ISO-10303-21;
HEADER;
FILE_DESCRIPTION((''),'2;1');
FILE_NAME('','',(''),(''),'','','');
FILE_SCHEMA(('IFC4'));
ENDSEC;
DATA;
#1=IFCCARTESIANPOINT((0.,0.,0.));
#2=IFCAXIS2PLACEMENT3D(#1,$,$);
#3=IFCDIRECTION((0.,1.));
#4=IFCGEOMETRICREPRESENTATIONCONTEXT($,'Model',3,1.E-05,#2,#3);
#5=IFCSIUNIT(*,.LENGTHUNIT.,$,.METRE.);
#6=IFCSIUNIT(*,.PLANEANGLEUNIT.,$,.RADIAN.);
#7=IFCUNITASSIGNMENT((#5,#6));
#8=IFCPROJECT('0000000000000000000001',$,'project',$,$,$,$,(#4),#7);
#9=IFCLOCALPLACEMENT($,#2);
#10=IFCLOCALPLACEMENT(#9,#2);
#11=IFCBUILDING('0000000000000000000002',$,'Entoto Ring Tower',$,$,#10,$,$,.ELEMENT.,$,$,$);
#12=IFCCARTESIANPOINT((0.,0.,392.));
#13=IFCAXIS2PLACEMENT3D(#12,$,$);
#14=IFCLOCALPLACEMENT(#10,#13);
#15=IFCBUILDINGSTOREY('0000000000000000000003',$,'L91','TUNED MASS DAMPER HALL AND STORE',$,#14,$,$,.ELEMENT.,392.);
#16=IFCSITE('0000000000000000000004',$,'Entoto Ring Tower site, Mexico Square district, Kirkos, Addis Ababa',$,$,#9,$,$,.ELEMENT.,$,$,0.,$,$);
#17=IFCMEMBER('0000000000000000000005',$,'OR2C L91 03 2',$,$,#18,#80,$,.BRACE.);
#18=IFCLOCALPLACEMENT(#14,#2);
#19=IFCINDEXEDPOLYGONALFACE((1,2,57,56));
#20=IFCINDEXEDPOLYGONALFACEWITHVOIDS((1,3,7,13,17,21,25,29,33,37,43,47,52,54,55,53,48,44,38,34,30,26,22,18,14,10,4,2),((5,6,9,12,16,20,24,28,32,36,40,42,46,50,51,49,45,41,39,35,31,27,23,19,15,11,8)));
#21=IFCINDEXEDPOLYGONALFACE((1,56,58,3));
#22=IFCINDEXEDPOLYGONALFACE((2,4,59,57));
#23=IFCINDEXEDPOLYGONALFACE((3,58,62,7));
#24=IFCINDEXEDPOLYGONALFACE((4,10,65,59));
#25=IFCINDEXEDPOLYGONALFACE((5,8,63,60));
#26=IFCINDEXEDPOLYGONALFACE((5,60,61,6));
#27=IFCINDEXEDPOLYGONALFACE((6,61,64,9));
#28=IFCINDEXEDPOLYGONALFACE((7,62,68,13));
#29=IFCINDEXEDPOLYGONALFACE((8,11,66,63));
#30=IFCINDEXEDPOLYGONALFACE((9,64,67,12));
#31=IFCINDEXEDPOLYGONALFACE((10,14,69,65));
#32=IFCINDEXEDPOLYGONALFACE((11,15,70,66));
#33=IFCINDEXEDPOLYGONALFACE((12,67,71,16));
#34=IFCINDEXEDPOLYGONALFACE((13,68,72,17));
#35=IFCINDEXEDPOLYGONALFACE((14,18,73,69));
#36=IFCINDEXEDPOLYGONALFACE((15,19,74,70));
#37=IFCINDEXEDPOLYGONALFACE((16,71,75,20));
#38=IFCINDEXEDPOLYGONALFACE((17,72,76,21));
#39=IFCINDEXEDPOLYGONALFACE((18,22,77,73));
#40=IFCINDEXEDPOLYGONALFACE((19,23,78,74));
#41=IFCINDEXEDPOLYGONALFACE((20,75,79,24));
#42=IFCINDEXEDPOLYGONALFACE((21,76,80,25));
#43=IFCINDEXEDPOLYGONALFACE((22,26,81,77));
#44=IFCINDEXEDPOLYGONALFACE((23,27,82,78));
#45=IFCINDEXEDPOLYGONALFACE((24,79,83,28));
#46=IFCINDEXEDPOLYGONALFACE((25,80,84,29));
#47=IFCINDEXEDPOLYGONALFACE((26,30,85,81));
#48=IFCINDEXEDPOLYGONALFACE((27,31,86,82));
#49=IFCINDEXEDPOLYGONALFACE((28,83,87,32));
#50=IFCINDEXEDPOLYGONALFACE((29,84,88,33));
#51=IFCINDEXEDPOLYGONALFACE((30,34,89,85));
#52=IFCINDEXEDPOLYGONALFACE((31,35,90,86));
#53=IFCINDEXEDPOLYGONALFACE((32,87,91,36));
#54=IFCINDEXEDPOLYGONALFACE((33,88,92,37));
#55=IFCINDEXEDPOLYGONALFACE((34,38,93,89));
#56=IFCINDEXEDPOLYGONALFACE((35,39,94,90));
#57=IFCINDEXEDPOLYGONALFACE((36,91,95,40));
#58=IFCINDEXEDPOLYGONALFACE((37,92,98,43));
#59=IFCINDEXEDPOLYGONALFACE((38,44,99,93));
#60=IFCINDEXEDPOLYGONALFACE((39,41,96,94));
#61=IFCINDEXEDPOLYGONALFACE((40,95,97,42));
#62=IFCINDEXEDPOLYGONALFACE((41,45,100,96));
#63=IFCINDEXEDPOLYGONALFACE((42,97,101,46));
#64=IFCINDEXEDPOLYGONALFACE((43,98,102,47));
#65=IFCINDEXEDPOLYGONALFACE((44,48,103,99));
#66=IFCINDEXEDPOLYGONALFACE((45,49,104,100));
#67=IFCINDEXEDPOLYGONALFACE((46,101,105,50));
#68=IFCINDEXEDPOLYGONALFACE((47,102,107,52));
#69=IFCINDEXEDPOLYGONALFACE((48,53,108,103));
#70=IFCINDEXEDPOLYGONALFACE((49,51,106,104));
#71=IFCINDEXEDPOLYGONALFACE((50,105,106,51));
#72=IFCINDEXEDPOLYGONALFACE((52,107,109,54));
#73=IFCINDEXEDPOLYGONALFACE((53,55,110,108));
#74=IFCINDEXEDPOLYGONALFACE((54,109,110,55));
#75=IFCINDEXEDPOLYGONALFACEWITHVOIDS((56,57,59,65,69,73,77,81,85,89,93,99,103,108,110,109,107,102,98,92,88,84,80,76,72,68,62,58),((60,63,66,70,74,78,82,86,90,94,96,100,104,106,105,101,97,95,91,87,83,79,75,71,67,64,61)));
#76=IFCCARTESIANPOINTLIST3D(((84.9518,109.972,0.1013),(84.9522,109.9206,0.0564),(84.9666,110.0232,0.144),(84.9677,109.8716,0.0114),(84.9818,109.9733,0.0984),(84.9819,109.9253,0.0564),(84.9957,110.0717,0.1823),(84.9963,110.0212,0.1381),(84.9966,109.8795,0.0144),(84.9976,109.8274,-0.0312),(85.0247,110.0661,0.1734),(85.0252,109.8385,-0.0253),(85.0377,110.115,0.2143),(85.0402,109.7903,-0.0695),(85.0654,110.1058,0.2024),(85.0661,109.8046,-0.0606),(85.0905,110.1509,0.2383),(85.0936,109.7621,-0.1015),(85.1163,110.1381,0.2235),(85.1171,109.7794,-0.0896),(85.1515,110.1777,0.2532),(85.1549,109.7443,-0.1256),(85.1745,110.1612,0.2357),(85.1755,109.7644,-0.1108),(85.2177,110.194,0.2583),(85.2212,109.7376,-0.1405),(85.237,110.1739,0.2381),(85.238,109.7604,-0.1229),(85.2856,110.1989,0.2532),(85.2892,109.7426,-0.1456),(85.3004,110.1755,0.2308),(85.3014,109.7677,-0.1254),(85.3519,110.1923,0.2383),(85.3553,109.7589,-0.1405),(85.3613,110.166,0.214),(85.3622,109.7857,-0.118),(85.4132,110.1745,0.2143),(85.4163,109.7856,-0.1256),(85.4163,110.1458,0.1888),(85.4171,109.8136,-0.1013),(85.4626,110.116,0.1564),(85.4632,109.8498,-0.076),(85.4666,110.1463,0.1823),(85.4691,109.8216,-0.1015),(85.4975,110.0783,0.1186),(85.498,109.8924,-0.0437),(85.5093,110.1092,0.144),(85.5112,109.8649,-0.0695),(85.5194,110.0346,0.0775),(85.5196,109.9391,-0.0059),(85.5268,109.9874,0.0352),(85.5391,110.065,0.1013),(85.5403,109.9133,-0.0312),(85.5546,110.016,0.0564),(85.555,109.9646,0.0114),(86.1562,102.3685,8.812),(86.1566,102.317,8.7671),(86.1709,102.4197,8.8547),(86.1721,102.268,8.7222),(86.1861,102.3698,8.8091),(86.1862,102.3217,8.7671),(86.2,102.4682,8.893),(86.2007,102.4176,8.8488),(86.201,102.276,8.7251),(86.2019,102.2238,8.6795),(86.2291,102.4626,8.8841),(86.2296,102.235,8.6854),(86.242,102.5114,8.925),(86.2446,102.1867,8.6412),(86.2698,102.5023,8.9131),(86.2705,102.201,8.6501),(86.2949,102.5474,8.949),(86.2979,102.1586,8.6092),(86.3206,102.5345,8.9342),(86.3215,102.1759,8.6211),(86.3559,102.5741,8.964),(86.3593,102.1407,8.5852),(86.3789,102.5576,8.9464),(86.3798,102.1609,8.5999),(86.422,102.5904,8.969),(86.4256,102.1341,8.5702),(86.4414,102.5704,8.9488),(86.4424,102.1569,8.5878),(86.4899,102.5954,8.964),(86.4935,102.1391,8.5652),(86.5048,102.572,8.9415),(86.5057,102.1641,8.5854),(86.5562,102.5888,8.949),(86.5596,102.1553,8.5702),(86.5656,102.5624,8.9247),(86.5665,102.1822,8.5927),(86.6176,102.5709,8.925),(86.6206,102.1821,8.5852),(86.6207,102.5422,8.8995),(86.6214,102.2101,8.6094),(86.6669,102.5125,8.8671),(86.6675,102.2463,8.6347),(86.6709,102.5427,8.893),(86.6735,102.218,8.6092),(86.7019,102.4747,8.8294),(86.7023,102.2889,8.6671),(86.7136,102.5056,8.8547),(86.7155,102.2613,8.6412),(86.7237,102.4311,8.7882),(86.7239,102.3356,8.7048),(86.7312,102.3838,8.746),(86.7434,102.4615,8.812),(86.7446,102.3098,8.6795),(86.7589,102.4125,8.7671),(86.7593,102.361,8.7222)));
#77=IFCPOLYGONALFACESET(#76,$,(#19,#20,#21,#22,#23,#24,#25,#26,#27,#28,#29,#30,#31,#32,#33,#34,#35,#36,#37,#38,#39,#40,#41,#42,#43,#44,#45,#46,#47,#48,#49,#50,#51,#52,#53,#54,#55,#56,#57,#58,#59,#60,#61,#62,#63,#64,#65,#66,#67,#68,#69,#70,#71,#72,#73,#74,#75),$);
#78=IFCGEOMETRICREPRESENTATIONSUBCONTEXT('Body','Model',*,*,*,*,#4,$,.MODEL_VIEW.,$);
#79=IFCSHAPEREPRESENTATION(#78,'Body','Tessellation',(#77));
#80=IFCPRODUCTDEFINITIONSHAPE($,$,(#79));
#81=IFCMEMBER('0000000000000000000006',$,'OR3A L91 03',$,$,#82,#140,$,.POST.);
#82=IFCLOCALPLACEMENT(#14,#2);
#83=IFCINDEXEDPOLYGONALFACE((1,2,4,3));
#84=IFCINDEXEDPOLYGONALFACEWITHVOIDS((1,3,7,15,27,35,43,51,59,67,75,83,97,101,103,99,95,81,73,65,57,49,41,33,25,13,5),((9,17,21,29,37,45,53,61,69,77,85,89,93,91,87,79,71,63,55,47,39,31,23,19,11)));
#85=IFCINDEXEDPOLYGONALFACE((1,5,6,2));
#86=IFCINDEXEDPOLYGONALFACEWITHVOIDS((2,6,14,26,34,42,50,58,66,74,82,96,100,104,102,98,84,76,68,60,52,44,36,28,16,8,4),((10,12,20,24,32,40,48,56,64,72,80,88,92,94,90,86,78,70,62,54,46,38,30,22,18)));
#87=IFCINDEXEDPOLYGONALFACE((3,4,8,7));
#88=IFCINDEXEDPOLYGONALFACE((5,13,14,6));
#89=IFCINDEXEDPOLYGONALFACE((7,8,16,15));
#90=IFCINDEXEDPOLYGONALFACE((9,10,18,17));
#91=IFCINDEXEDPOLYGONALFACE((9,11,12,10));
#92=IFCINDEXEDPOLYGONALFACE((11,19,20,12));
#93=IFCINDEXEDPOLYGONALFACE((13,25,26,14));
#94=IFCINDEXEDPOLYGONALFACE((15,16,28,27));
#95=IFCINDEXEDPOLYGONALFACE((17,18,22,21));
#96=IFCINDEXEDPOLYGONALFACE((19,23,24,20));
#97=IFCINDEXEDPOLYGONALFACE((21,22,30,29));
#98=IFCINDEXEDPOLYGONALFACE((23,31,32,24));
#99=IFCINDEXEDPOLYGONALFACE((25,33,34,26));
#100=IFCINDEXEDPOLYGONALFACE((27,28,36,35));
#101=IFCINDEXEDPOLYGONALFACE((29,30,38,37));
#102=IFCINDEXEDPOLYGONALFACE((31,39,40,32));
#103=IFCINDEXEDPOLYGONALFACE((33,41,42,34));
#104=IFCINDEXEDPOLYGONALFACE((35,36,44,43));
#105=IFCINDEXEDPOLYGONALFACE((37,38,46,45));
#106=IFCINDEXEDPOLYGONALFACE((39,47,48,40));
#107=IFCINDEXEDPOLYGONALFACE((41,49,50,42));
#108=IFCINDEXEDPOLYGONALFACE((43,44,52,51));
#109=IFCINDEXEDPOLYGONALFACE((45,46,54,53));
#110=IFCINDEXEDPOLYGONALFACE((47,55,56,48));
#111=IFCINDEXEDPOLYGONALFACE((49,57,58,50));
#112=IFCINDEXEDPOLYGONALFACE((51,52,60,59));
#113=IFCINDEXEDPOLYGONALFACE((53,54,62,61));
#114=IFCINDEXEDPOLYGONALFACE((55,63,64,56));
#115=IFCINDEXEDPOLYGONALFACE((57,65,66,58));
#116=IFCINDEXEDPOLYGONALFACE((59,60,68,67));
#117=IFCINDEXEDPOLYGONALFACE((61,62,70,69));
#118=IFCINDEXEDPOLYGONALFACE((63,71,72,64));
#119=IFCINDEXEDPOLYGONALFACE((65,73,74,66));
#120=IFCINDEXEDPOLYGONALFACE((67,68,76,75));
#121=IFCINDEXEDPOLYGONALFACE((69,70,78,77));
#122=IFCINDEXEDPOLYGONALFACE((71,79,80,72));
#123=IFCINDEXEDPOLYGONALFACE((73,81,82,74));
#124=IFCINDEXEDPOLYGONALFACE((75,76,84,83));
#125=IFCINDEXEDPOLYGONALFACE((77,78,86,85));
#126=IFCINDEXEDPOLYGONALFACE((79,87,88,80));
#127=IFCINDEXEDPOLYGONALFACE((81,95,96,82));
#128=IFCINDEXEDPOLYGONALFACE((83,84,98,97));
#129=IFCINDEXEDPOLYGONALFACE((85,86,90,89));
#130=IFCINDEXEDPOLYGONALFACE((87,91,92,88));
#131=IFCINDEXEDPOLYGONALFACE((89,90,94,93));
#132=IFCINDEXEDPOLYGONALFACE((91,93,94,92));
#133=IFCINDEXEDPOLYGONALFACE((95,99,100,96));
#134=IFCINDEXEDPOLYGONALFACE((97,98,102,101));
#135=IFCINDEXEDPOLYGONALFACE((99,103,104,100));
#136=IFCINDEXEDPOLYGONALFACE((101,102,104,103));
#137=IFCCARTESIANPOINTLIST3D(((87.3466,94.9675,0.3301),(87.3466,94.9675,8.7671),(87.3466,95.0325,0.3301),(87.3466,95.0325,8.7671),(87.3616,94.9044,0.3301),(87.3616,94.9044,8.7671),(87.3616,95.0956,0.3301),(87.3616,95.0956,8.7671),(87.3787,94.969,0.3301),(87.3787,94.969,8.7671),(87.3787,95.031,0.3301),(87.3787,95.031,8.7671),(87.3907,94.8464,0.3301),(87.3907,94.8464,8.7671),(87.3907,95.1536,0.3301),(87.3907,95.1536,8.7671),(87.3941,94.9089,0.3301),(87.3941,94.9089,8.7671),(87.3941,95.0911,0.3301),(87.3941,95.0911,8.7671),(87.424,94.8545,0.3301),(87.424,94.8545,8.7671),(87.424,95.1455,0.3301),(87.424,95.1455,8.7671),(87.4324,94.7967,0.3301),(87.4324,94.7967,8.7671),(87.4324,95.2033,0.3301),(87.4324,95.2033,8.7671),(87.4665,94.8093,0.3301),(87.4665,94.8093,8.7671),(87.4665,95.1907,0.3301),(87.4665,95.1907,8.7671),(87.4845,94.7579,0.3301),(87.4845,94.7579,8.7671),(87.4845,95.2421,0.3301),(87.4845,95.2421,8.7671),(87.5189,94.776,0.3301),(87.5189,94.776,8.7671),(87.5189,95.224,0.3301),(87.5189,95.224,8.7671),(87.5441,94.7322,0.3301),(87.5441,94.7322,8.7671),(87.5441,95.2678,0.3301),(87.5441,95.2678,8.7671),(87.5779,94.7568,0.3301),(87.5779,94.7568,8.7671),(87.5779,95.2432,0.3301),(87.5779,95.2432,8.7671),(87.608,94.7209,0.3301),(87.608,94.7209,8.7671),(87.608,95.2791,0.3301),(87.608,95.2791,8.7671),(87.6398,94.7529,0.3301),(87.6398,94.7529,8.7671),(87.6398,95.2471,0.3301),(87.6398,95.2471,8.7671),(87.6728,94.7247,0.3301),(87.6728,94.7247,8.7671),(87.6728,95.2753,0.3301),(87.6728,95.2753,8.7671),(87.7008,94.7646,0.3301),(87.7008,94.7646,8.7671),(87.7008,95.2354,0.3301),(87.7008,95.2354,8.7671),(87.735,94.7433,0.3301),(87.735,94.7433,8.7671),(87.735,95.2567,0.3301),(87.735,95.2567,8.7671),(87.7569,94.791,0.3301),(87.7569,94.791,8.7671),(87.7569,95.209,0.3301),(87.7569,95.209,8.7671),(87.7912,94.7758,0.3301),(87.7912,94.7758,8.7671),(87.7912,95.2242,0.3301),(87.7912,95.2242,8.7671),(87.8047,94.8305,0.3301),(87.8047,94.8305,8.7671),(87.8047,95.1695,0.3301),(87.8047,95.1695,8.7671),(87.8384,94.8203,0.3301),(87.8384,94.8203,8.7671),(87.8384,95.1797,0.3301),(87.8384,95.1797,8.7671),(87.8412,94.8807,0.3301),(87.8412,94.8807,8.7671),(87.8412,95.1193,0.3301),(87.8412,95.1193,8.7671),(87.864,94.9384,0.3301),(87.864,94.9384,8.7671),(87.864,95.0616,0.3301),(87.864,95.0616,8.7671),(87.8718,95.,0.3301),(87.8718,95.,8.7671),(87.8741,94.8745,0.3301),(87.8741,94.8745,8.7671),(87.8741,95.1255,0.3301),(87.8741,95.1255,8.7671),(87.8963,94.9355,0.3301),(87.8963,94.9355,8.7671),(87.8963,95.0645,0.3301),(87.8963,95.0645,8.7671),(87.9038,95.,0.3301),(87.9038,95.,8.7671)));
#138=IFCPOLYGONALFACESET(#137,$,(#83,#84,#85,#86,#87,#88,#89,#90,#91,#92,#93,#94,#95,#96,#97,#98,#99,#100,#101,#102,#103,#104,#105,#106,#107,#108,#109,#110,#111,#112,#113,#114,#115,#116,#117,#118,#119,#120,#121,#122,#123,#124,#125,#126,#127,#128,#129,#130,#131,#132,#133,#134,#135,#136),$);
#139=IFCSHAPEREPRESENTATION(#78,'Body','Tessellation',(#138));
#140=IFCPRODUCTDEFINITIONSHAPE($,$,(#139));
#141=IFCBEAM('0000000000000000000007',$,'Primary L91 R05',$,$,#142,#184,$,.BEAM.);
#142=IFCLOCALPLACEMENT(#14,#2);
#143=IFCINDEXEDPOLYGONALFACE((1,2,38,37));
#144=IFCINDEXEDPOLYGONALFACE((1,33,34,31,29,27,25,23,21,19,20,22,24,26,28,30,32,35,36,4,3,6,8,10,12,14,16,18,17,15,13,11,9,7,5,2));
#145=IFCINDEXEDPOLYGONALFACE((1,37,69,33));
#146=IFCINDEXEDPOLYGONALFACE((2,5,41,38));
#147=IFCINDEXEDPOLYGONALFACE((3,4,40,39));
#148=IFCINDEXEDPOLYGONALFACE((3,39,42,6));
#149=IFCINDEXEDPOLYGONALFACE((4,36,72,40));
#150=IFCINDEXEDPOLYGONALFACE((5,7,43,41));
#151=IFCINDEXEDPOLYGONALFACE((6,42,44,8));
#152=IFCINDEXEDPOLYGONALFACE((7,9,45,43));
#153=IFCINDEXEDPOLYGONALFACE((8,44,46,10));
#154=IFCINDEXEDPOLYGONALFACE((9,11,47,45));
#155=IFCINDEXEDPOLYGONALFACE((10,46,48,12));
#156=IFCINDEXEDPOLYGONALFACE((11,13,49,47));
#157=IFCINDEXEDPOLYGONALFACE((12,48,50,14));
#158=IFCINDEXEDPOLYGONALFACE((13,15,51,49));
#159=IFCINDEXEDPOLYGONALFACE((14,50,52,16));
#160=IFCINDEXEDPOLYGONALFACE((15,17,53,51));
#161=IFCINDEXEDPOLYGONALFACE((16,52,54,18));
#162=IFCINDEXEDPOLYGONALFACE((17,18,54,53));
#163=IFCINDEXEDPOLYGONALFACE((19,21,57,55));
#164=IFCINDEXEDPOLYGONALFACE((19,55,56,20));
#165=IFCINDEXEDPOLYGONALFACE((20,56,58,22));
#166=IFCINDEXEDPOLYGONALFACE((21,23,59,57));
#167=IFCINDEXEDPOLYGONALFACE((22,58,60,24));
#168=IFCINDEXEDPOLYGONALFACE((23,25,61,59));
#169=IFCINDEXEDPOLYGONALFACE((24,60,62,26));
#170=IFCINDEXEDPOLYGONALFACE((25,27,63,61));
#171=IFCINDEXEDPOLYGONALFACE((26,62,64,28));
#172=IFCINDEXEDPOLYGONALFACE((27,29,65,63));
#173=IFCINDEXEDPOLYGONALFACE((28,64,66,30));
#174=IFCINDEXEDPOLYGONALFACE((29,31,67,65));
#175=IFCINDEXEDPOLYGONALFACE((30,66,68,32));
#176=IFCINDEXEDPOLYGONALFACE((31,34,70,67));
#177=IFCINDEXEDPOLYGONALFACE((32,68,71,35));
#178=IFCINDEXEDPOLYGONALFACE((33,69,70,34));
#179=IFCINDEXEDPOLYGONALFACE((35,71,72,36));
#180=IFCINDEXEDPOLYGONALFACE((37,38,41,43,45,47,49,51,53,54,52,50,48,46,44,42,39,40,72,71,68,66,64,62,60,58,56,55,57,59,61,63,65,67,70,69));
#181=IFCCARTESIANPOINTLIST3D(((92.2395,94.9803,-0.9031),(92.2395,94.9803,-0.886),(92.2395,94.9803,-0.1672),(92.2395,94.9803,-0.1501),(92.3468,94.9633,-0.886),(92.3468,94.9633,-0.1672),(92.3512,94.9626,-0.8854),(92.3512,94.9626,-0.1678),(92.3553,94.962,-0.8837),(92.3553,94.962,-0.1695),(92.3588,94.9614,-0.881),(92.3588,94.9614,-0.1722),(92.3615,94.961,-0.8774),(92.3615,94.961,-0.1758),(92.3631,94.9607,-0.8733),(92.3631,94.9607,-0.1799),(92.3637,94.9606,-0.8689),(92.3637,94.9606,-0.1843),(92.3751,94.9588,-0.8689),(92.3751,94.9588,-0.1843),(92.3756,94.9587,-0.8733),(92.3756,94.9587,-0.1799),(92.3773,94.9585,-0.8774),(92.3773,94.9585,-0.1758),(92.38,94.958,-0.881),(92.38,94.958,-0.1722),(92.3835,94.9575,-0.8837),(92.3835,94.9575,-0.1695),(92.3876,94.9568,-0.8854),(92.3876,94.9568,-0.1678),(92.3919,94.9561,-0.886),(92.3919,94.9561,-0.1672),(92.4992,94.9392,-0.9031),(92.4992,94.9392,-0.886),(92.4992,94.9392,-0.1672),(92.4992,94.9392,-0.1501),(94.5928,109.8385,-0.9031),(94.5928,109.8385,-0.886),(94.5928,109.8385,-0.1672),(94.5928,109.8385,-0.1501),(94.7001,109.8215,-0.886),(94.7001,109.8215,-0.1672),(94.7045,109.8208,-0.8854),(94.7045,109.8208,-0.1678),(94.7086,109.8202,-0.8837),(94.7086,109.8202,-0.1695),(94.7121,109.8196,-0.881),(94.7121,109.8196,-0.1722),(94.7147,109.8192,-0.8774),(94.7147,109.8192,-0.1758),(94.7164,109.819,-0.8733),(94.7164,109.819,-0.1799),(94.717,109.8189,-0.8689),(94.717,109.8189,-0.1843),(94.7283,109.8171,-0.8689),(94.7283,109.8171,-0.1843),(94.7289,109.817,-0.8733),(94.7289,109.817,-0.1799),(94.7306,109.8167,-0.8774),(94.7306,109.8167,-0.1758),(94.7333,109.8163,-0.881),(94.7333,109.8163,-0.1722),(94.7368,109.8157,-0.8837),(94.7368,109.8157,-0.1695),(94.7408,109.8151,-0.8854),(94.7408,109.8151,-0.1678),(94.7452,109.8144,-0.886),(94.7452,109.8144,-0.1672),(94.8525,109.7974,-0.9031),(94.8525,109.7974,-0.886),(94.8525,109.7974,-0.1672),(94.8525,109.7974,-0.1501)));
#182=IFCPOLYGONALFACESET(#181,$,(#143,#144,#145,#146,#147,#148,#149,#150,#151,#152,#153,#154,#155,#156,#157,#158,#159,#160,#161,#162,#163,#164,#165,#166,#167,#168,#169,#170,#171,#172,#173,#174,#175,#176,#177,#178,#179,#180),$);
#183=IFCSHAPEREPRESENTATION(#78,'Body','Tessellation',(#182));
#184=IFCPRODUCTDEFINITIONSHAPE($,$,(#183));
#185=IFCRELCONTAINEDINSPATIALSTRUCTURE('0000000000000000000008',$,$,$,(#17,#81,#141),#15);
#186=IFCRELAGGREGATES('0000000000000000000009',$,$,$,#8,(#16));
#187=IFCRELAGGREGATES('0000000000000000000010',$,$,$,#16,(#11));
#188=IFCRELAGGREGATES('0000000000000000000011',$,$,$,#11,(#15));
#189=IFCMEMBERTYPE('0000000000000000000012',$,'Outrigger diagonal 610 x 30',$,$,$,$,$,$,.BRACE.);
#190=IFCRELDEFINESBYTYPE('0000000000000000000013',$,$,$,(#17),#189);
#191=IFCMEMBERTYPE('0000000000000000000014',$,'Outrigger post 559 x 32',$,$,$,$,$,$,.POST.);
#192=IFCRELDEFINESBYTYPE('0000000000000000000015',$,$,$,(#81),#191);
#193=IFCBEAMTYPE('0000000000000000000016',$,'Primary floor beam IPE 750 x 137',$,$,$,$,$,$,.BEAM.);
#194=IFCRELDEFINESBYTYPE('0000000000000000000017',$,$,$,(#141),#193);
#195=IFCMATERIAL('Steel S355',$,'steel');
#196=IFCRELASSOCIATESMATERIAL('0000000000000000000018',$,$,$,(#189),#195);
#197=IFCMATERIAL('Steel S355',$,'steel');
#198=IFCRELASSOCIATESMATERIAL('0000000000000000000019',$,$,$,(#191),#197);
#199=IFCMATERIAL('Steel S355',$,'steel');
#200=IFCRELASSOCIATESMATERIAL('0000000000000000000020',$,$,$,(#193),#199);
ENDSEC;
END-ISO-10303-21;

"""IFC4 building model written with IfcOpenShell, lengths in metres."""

from ifc_helpers import new_model, si_unit, direction, frame, origin, origin_2d, place, context, subcontext, project, spatial, circle, hollow_circle, i_section, extrude, material, material_profile, profile_set, type_object, element, save


model = new_model("IFC4")

# Units and contexts
model_context = context("Model", 3, precision=1e-05, world=origin(), true_north=direction((0.0, 1.0)))
body_context = subcontext(model_context, "Body", "Model", "MODEL_VIEW")
ifc_project = project(units=[si_unit("LENGTHUNIT", "METRE"), si_unit("PLANEANGLEUNIT", "RADIAN")], contexts=[model_context])

# Site, building, storey
site_placement = place(None, origin())
site = spatial("IfcSite", under=ifc_project, at=site_placement, Name="Entoto Ring Tower site, Mexico Square district, Kirkos, Addis Ababa", CompositionType="ELEMENT", RefElevation=0.0)
building_placement = place(site_placement, origin())
building = spatial("IfcBuilding", under=site, at=building_placement, Name="Entoto Ring Tower", CompositionType="ELEMENT")
storey_placement = place(building_placement, frame((0.0, 0.0, 392.0)))
storey = spatial("IfcBuildingStorey", under=building, at=storey_placement, Name="L91", Description="TUNED MASS DAMPER HALL AND STORE", CompositionType="ELEMENT", Elevation=392.0)

# Members
ifc_material_1 = material(Name="Steel S355", Category="steel")
ifc_material_profile_1 = material_profile(ifc_material_1, hollow_circle(Radius=0.3049, WallThickness=0.03, at=origin_2d()), Name="CHS 610 x 30")
ifc_material_2 = material(Name="Concrete C60/75", Category="concrete")
ifc_material_profile_2 = material_profile(ifc_material_2, circle(Radius=0.2749, at=origin_2d()), Name="Concrete C60/75 infill")
ifc_profile_set_1 = profile_set([ifc_material_profile_1, ifc_material_profile_2], Name="Steel S355")
member_type_1 = type_object("IfcMemberType", Name="Outrigger diagonal 610 x 30", PredefinedType="BRACE", material=ifc_profile_set_1)
member_1_placement = place(storey_placement, frame((86.4578, 102.3647, 8.7671), z_axis=(-0.1036, 0.654067, -0.749308), x_axis=(-0.987687, -0.156443, 0.0)))
element("IfcMember", 1, at=member_1_placement, inside=storey, type_object=member_type_1, Name="OR2C L91 03 2", PredefinedType="BRACE", context=body_context, shape_type="SweptSolid", body=[
    extrude(hollow_circle(Radius=0.3049, WallThickness=0.03, at=origin_2d()), origin(), (0.0, 0.0, 1.0), 11.625),
])
ifc_material_3 = material(Name="Steel S355", Category="steel")
ifc_material_profile_3 = material_profile(ifc_material_3, hollow_circle(Radius=0.2795, WallThickness=0.032, at=origin_2d()), Name="CHS 559 x 32")
ifc_material_4 = material(Name="Concrete C60/75", Category="concrete")
ifc_material_profile_4 = material_profile(ifc_material_4, circle(Radius=0.2476, at=origin_2d()), Name="Concrete C60/75 infill")
ifc_profile_set_2 = profile_set([ifc_material_profile_3, ifc_material_profile_4], Name="Steel S355")
member_type_2 = type_object("IfcMemberType", Name="Outrigger post 559 x 32", PredefinedType="POST", material=ifc_profile_set_2)
member_2_placement = place(storey_placement, frame((87.6243, 95.0, 0.3301), z_axis=(0.0, 0.0, 1.0), x_axis=(1.0, 0.0, 0.0)))
element("IfcMember", 2, at=member_2_placement, inside=storey, type_object=member_type_2, Name="OR3A L91 03", PredefinedType="POST", context=body_context, shape_type="SweptSolid", body=[
    extrude(hollow_circle(Radius=0.2795, WallThickness=0.032, at=origin_2d()), origin(), (0.0, 0.0, 1.0), 8.437),
])

# Beam
ifc_material_5 = material(Name="Steel S355", Category="steel")
ifc_material_profile_5 = material_profile(ifc_material_5, i_section(OverallWidth=0.2629, OverallDepth=0.7529, WebThickness=0.0115, FlangeThickness=0.0171, FilletRadius=0.0171, at=origin_2d()), Name="IPE 750 x 137")
ifc_profile_set_3 = profile_set([ifc_material_profile_5], Name="Steel S355")
beam_type_1 = type_object("IfcBeamType", Name="Primary floor beam IPE 750 x 137", PredefinedType="BEAM", material=ifc_profile_set_3)
for number, where, z_axis, x_axis, name in (
    (3, (92.3694, 94.9597, -0.5266), (0.156433, 0.987689, 0.0), (-0.987689, 0.156433, 0.0), "Primary L91 R05"),
):
    element("IfcBeam", number, at=place(storey_placement, frame(where, z_axis=z_axis, x_axis=x_axis)), inside=storey, type_object=beam_type_1, Name=name, PredefinedType="BEAM", context=body_context, shape_type="SweptSolid", body=[
        extrude(i_section(OverallWidth=0.2629, OverallDepth=0.7529, WebThickness=0.0115, FlangeThickness=0.0171, FilletRadius=0.0171, at=origin_2d()), origin(), (0.0, 0.0, 1.0), 15.0435),
    ])

save(model, "model.ifc")
